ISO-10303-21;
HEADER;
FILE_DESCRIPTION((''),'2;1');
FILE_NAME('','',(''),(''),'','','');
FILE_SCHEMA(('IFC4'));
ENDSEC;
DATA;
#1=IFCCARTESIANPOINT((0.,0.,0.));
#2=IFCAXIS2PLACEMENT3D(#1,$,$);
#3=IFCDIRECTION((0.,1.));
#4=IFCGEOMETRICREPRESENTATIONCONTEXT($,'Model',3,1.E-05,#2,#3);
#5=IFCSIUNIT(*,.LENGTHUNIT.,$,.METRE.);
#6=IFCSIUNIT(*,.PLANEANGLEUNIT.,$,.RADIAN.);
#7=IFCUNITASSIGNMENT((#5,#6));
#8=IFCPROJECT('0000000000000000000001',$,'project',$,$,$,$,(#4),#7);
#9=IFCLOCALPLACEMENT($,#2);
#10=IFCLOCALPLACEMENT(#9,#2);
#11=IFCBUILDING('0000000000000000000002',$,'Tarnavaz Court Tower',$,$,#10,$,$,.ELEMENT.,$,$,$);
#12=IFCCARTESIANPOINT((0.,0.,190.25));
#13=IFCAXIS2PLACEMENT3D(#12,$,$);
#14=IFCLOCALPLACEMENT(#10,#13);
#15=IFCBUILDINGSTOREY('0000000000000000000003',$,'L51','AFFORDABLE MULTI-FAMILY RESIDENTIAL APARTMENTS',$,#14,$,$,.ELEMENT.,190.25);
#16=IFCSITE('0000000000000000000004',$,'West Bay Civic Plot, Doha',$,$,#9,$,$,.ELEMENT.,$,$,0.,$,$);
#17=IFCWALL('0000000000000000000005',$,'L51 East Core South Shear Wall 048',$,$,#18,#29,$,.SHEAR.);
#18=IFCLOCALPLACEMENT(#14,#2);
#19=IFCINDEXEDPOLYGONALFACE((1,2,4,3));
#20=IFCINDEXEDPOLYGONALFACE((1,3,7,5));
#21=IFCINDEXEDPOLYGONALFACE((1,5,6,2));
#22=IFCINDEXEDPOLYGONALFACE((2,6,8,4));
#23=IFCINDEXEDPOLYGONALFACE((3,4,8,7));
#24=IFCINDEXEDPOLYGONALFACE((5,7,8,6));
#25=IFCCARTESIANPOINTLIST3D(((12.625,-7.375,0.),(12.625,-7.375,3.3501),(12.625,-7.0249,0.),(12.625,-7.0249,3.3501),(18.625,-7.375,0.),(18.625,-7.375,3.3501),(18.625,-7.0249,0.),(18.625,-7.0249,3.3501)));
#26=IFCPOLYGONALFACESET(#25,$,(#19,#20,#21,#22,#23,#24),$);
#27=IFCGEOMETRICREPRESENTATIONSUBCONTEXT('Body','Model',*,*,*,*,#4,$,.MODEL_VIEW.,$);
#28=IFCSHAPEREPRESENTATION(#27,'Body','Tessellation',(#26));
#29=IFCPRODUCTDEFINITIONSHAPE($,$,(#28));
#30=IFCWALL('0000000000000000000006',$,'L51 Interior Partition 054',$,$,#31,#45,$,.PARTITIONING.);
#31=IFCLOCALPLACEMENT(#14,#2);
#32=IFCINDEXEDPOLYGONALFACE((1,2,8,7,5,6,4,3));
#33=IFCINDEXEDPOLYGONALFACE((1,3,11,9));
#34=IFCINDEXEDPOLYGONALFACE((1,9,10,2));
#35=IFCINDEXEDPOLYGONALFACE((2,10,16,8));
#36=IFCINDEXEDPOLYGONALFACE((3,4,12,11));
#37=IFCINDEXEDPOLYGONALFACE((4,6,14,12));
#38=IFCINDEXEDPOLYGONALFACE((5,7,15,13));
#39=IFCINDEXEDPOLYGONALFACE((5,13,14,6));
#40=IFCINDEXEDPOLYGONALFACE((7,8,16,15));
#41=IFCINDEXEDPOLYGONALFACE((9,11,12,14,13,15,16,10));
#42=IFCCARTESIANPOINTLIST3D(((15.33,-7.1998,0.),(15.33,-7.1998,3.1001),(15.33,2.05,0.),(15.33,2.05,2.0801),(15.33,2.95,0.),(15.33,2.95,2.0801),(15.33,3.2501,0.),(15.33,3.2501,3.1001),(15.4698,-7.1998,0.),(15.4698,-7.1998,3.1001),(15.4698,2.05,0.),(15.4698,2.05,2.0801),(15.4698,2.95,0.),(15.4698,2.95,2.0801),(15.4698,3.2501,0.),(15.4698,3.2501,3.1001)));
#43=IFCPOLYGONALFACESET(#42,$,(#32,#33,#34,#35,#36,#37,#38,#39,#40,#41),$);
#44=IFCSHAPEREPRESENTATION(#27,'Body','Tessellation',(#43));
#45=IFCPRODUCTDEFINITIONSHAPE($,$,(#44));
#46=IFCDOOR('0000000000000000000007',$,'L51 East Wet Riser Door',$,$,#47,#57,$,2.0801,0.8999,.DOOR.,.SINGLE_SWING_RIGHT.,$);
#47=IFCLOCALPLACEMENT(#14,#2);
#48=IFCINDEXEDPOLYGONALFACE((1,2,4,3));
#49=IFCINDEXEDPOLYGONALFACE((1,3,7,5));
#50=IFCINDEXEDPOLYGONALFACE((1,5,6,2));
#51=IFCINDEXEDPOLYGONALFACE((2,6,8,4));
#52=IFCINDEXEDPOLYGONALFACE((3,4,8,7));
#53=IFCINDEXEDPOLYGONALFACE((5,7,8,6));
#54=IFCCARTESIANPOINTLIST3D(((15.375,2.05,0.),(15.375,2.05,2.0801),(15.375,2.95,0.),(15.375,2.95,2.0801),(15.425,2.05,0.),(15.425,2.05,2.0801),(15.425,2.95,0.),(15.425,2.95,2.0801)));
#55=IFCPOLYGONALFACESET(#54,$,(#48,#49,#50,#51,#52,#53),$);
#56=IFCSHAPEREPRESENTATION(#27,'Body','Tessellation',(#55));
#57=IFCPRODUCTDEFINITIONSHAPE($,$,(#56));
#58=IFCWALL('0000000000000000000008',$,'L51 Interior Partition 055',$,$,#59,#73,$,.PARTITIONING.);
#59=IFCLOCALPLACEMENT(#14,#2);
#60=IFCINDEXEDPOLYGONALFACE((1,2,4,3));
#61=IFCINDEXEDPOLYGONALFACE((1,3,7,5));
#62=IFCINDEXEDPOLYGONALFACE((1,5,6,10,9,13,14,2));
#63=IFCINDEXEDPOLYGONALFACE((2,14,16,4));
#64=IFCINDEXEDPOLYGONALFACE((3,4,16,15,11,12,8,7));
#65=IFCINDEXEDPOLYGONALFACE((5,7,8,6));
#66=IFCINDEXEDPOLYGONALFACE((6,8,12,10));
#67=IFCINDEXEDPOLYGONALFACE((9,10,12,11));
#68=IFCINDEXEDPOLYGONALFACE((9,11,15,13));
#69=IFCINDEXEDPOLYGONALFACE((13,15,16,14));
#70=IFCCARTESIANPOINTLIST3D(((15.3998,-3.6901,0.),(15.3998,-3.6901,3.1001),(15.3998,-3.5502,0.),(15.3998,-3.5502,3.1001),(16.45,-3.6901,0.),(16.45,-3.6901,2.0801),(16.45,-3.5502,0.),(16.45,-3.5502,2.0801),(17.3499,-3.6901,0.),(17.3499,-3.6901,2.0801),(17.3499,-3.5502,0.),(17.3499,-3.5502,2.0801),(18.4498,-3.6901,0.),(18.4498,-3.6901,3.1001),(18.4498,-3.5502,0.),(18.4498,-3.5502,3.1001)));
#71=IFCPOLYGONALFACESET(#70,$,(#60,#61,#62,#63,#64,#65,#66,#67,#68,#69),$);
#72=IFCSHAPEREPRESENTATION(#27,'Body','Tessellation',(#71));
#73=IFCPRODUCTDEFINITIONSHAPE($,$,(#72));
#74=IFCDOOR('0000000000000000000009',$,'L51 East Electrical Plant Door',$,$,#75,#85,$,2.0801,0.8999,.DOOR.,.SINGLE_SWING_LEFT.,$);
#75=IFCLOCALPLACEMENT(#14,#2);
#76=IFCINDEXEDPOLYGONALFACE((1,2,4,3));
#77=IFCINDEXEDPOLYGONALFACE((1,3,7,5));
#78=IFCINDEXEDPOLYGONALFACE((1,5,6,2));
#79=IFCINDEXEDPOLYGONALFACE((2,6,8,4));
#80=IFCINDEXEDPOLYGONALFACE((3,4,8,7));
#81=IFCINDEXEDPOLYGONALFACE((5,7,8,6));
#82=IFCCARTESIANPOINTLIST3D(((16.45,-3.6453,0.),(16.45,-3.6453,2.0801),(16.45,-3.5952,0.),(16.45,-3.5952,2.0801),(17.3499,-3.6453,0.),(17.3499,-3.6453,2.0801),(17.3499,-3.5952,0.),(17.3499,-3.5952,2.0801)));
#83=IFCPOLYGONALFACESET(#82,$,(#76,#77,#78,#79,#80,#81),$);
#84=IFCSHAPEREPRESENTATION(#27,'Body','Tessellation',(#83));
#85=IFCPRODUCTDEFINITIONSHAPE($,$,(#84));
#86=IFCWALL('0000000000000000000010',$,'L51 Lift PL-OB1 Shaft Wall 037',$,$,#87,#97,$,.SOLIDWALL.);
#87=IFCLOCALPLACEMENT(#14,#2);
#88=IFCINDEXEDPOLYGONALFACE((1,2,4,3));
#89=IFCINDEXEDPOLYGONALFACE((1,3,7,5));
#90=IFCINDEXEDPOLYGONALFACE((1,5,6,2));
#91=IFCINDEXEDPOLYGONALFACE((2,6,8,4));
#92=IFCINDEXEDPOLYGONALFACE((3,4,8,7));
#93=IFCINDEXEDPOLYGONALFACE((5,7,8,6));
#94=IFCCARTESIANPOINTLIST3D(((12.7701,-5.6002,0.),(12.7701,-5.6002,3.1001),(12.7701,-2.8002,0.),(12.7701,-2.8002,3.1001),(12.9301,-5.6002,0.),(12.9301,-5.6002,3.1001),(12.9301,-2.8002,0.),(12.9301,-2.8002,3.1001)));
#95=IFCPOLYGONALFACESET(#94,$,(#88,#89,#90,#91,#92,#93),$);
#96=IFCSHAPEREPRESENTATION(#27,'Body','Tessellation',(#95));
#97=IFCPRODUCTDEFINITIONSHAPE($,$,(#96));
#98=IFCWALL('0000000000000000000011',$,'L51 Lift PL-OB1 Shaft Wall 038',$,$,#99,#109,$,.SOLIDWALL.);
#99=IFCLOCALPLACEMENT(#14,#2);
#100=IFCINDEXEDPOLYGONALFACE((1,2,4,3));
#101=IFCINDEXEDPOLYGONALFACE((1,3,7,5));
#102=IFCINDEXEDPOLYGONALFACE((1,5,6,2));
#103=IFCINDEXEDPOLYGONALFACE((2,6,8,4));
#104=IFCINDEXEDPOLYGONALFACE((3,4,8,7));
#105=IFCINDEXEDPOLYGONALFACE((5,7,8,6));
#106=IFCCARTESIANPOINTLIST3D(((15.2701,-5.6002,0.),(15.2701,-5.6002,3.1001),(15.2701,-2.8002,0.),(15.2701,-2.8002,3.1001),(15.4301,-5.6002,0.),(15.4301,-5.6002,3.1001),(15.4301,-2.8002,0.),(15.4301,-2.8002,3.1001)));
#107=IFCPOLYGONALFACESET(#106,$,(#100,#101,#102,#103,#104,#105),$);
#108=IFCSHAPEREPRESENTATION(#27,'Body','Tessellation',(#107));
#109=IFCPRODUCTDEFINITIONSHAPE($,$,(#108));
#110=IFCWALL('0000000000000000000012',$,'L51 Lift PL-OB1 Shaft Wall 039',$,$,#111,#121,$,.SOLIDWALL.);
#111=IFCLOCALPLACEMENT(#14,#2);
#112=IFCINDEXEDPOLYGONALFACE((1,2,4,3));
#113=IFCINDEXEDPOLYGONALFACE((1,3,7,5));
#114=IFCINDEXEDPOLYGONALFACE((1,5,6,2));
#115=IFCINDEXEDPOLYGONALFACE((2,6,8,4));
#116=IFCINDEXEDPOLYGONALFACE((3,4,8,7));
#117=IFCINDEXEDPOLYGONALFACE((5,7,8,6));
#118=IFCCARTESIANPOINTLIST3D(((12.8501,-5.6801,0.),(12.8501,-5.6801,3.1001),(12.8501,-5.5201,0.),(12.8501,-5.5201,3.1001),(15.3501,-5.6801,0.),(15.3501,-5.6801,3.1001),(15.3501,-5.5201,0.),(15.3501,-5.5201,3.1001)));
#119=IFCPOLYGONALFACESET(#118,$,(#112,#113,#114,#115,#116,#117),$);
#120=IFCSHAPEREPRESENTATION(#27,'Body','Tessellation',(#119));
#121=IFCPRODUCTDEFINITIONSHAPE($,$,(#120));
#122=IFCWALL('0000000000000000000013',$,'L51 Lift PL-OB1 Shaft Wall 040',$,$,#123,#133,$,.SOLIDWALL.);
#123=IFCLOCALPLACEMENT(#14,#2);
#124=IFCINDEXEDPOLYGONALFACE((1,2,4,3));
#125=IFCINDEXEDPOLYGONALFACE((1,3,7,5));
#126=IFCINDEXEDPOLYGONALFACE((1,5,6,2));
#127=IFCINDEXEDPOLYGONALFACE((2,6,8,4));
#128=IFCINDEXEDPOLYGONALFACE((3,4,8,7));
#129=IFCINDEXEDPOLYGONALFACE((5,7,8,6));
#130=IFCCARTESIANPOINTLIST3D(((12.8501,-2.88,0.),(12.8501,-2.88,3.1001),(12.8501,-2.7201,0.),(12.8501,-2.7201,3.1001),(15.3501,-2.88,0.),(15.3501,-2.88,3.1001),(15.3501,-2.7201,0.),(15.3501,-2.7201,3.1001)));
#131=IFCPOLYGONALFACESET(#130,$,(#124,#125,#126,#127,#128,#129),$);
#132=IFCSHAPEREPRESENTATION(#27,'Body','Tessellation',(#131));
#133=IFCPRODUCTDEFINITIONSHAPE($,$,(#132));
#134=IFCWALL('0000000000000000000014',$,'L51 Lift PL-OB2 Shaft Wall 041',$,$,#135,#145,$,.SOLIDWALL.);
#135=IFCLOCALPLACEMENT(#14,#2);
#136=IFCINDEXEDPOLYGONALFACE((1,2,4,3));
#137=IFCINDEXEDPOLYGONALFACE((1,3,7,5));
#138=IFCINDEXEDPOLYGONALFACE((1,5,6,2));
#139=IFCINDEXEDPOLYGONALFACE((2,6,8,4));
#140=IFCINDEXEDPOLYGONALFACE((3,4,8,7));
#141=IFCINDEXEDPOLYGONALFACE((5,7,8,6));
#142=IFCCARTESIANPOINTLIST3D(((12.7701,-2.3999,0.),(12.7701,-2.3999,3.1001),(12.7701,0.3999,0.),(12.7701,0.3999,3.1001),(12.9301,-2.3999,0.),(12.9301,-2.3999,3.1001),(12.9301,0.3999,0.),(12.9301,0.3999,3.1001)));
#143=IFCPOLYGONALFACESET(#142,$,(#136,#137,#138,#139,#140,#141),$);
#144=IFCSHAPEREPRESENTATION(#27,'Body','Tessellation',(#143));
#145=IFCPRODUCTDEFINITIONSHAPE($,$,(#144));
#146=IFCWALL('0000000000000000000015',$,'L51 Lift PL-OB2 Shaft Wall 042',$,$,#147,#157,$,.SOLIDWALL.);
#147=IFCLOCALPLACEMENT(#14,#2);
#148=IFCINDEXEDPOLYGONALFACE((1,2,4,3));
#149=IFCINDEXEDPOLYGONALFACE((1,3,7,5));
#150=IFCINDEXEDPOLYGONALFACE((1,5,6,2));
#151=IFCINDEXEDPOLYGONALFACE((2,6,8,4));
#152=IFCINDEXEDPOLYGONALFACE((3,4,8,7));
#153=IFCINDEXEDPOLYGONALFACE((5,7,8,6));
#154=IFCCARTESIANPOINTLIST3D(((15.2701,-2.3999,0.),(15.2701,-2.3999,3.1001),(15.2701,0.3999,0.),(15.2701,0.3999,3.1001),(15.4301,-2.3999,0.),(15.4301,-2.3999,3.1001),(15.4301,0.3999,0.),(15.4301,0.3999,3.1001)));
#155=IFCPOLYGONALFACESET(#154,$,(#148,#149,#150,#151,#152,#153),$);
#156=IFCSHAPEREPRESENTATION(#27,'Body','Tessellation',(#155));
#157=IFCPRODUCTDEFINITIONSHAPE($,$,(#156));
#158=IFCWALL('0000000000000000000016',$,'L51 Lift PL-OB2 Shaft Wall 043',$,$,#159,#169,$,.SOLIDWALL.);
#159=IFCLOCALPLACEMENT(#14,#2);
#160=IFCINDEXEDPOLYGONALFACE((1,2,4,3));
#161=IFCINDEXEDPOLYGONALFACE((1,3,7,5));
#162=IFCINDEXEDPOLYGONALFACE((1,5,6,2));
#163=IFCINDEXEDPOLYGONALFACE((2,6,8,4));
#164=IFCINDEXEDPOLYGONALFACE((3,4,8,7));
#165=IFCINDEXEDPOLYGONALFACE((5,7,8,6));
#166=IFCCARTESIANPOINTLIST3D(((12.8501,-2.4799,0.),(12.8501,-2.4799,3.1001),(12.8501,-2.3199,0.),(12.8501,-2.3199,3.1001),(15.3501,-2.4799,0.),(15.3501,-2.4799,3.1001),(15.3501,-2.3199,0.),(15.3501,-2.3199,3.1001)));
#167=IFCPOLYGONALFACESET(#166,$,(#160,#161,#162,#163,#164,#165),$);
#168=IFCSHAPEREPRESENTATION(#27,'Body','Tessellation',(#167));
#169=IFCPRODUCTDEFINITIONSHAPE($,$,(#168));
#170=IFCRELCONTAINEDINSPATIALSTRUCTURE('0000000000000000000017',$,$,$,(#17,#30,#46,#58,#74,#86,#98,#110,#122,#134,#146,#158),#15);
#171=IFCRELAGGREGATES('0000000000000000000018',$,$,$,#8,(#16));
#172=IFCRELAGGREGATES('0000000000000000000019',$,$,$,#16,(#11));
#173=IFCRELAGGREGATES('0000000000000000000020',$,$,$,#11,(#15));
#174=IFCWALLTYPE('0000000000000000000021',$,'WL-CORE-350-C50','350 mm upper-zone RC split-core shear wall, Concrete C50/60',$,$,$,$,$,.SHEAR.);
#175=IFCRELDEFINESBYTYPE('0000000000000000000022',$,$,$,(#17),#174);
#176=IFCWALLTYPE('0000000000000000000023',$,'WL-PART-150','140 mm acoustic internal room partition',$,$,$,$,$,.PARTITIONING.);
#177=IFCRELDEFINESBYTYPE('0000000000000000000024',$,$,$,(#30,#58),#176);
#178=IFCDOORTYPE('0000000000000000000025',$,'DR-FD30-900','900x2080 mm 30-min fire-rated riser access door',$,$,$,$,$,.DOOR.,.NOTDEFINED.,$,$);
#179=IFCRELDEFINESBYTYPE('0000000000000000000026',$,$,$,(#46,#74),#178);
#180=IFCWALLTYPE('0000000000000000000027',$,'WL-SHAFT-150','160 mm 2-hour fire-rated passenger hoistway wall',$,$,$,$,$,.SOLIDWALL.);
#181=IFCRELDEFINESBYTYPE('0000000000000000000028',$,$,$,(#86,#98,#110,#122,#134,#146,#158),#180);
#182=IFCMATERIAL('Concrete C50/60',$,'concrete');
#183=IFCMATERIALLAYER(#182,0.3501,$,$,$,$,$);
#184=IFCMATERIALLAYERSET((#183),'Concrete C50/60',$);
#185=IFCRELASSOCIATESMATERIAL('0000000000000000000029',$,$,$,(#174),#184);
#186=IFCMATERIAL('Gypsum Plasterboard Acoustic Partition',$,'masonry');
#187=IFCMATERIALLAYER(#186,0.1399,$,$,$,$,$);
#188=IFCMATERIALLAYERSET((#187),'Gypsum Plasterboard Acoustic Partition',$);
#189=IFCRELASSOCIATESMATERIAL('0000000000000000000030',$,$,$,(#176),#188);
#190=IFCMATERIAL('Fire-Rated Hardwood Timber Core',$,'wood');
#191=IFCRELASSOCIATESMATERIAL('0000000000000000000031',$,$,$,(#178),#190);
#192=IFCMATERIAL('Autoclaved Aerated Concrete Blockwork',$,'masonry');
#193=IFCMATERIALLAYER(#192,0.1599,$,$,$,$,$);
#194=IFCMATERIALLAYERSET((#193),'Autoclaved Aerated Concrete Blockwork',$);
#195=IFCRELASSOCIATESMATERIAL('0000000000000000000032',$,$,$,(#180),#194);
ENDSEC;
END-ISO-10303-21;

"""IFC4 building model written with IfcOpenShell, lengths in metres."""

from ifc_helpers import new_model, si_unit, direction, frame, frame_2d, origin, place, context, subcontext, project, spatial, rectangle, extrude, material, layer, layer_set, type_object, element, fill, save


model = new_model("IFC4")

# Units and contexts
model_context = context("Model", 3, precision=1e-05, world=origin(), true_north=direction((0.0, 1.0)))
body_context = subcontext(model_context, "Body", "Model", "MODEL_VIEW")
ifc_project = project(units=[si_unit("LENGTHUNIT", "METRE"), si_unit("PLANEANGLEUNIT", "RADIAN")], contexts=[model_context])

# Site, building, storey
site_placement = place(None, origin())
site = spatial("IfcSite", under=ifc_project, at=site_placement, Name="West Bay Civic Plot, Doha", CompositionType="ELEMENT", RefElevation=0.0)
building_placement = place(site_placement, origin())
building = spatial("IfcBuilding", under=site, at=building_placement, Name="Tarnavaz Court Tower", CompositionType="ELEMENT")
storey_placement = place(building_placement, frame((0.0, 0.0, 190.25)))
storey = spatial("IfcBuildingStorey", under=building, at=storey_placement, Name="L51", Description="AFFORDABLE MULTI-FAMILY RESIDENTIAL APARTMENTS", CompositionType="ELEMENT", Elevation=190.25)

# Shared definitions
ifc_material_1 = material(Name="Concrete C50/60", Category="concrete")

# Wall
ifc_layer_1 = layer(ifc_material_1, 0.3501)
ifc_layer_set_1 = layer_set([ifc_layer_1], Name="Concrete C50/60")
wall_type_1 = type_object("IfcWallType", Name="WL-CORE-350-C50", Description="350 mm upper-zone RC split-core shear wall, Concrete C50/60", PredefinedType="SHEAR", material=ifc_layer_set_1)
wall_1_placement = place(storey_placement, frame((12.625, -7.2, 0.0), z_axis=(0.0, 0.0, 1.0), x_axis=(1.0, 0.0, 0.0)))
element("IfcWall", 1, at=wall_1_placement, inside=storey, type_object=wall_type_1, Name="L51 East Core South Shear Wall 048", PredefinedType="SHEAR", context=body_context, shape_type="SweptSolid", body=[
    extrude(rectangle(XDim=6.0, YDim=0.3501, at=frame_2d((3.0, 0.0))), origin(), (0.0, 0.0, 1.0), 3.3501),
])

# Walls, openings, doors
ifc_material_2 = material(Name="Gypsum Plasterboard Acoustic Partition", Category="masonry")
ifc_layer_2 = layer(ifc_material_2, 0.1399)
ifc_layer_set_2 = layer_set([ifc_layer_2], Name="Gypsum Plasterboard Acoustic Partition")
wall_type_2 = type_object("IfcWallType", Name="WL-PART-150", Description="140 mm acoustic internal room partition", PredefinedType="PARTITIONING", material=ifc_layer_set_2)
wall_2_placement = place(storey_placement, frame((15.3999, -7.2, 0.0), z_axis=(0.0, 0.0, 1.0), x_axis=(0.0, 1.0, 0.0)))
wall_2 = element("IfcWall", 2, at=wall_2_placement, inside=storey, type_object=wall_type_2, Name="L51 Interior Partition 054", PredefinedType="PARTITIONING", context=body_context, shape_type="SweptSolid", body=[
    extrude(rectangle(XDim=10.45, YDim=0.1399, at=frame_2d((5.2251, 0.0))), origin(), (0.0, 0.0, 1.0), 3.1001),
])
opening_1_placement = place(wall_2_placement, frame((9.25, 0.0, 0.0)))
opening_1 = element("IfcOpeningElement", 3, at=opening_1_placement, cuts=wall_2, PredefinedType="OPENING", context=body_context, shape_type="SweptSolid", body=[
    extrude(rectangle(XDim=0.8999, YDim=2.0801, at=frame_2d((0.45, 1.04))), frame((0.0, 0.0798, 0.0), z_axis=(0.0, -1.0, 0.0), x_axis=(1.0, 0.0, 0.0)), (0.0, 0.0, 1.0), 0.1599),
])
ifc_material_3 = material(Name="Fire-Rated Hardwood Timber Core", Category="wood")
door_type = type_object("IfcDoorType", Name="DR-FD30-900", Description="900x2080 mm 30-min fire-rated riser access door", OperationType="NOTDEFINED", PredefinedType="DOOR", material=ifc_material_3)
door_1_placement = place(opening_1_placement, origin())
door_1 = element("IfcDoor", 4, at=door_1_placement, inside=storey, type_object=door_type, Name="L51 East Wet Riser Door", OperationType="SINGLE_SWING_RIGHT", OverallHeight=2.0801, OverallWidth=0.8999, PredefinedType="DOOR", context=body_context, shape_type="SweptSolid", body=[
    extrude(rectangle(XDim=0.8999, YDim=2.0801, at=frame_2d((0.45, 1.04))), frame((0.0, 0.0249, 0.0), z_axis=(0.0, -1.0, 0.0), x_axis=(1.0, 0.0, 0.0)), (0.0, 0.0, 1.0), 0.05),
])
fill(opening_1, door_1)
wall_3_placement = place(storey_placement, frame((15.3999, -3.6201, 0.0), z_axis=(0.0, 0.0, 1.0), x_axis=(1.0, 0.0, 0.0)))
wall_3 = element("IfcWall", 5, at=wall_3_placement, inside=storey, type_object=wall_type_2, Name="L51 Interior Partition 055", PredefinedType="PARTITIONING", context=body_context, shape_type="SweptSolid", body=[
    extrude(rectangle(XDim=3.05, YDim=0.1399, at=frame_2d((1.5249, 0.0))), origin(), (0.0, 0.0, 1.0), 3.1001),
])
opening_2_placement = place(wall_3_placement, frame((1.05, 0.0, 0.0)))
opening_2 = element("IfcOpeningElement", 6, at=opening_2_placement, cuts=wall_3, PredefinedType="OPENING", context=body_context, shape_type="SweptSolid", body=[
    extrude(rectangle(XDim=0.8999, YDim=2.0801, at=frame_2d((0.45, 1.04))), frame((0.0, 0.0798, 0.0), z_axis=(0.0, -1.0, 0.0), x_axis=(1.0, 0.0, 0.0)), (0.0, 0.0, 1.0), 0.1599),
])
door_2_placement = place(opening_2_placement, origin())
door_2 = element("IfcDoor", 7, at=door_2_placement, inside=storey, type_object=door_type, Name="L51 East Electrical Plant Door", OperationType="SINGLE_SWING_LEFT", OverallHeight=2.0801, OverallWidth=0.8999, PredefinedType="DOOR", context=body_context, shape_type="SweptSolid", body=[
    extrude(rectangle(XDim=0.8999, YDim=2.0801, at=frame_2d((0.45, 1.04))), frame((0.0, 0.0249, 0.0), z_axis=(0.0, -1.0, 0.0), x_axis=(1.0, 0.0, 0.0)), (0.0, 0.0, 1.0), 0.05),
])
fill(opening_2, door_2)

# Walls
ifc_material_4 = material(Name="Autoclaved Aerated Concrete Blockwork", Category="masonry")
ifc_layer_3 = layer(ifc_material_4, 0.1599)
ifc_layer_set_3 = layer_set([ifc_layer_3], Name="Autoclaved Aerated Concrete Blockwork")
wall_type_3 = type_object("IfcWallType", Name="WL-SHAFT-150", Description="160 mm 2-hour fire-rated passenger hoistway wall", PredefinedType="SOLIDWALL", material=ifc_layer_set_3)
for number, where, z_axis, x_axis, name in (
    (8, (12.8501, -5.6001, 0.0), (0.0, 0.0, 1.0), (0.0, 1.0, 0.0), "L51 Lift PL-OB1 Shaft Wall 037"),
    (9, (15.3501, -5.6001, 0.0), (0.0, 0.0, 1.0), (0.0, 1.0, 0.0), "L51 Lift PL-OB1 Shaft Wall 038"),
):
    element("IfcWall", number, at=place(storey_placement, frame(where, z_axis=z_axis, x_axis=x_axis)), inside=storey, type_object=wall_type_3, Name=name, PredefinedType="SOLIDWALL", context=body_context, shape_type="SweptSolid", body=[
        extrude(rectangle(XDim=2.8, YDim=0.1599, at=frame_2d((1.3999, 0.0))), origin(), (0.0, 0.0, 1.0), 3.1001),
    ])
for number, where, z_axis, x_axis, name in (
    (10, (12.8501, -5.6001, 0.0), (0.0, 0.0, 1.0), (1.0, 0.0, 0.0), "L51 Lift PL-OB1 Shaft Wall 039"),
    (11, (12.8501, -2.8, 0.0), (0.0, 0.0, 1.0), (1.0, 0.0, 0.0), "L51 Lift PL-OB1 Shaft Wall 040"),
):
    element("IfcWall", number, at=place(storey_placement, frame(where, z_axis=z_axis, x_axis=x_axis)), inside=storey, type_object=wall_type_3, Name=name, PredefinedType="SOLIDWALL", context=body_context, shape_type="SweptSolid", body=[
        extrude(rectangle(XDim=2.5, YDim=0.1599, at=frame_2d((1.25, 0.0))), origin(), (0.0, 0.0, 1.0), 3.1001),
    ])
for number, where, z_axis, x_axis, name in (
    (12, (12.8501, -2.3999, 0.0), (0.0, 0.0, 1.0), (0.0, 1.0, 0.0), "L51 Lift PL-OB2 Shaft Wall 041"),
    (13, (15.3501, -2.3999, 0.0), (0.0, 0.0, 1.0), (0.0, 1.0, 0.0), "L51 Lift PL-OB2 Shaft Wall 042"),
):
    element("IfcWall", number, at=place(storey_placement, frame(where, z_axis=z_axis, x_axis=x_axis)), inside=storey, type_object=wall_type_3, Name=name, PredefinedType="SOLIDWALL", context=body_context, shape_type="SweptSolid", body=[
        extrude(rectangle(XDim=2.7998, YDim=0.1599, at=frame_2d((1.3999, 0.0))), origin(), (0.0, 0.0, 1.0), 3.1001),
    ])
wall_4_placement = place(storey_placement, frame((12.8501, -2.3999, 0.0), z_axis=(0.0, 0.0, 1.0), x_axis=(1.0, 0.0, 0.0)))
element("IfcWall", 14, at=wall_4_placement, inside=storey, type_object=wall_type_3, Name="L51 Lift PL-OB2 Shaft Wall 043", PredefinedType="SOLIDWALL", context=body_context, shape_type="SweptSolid", body=[
    extrude(rectangle(XDim=2.5, YDim=0.1599, at=frame_2d((1.25, 0.0))), origin(), (0.0, 0.0, 1.0), 3.1001),
])

save(model, "model.ifc")
